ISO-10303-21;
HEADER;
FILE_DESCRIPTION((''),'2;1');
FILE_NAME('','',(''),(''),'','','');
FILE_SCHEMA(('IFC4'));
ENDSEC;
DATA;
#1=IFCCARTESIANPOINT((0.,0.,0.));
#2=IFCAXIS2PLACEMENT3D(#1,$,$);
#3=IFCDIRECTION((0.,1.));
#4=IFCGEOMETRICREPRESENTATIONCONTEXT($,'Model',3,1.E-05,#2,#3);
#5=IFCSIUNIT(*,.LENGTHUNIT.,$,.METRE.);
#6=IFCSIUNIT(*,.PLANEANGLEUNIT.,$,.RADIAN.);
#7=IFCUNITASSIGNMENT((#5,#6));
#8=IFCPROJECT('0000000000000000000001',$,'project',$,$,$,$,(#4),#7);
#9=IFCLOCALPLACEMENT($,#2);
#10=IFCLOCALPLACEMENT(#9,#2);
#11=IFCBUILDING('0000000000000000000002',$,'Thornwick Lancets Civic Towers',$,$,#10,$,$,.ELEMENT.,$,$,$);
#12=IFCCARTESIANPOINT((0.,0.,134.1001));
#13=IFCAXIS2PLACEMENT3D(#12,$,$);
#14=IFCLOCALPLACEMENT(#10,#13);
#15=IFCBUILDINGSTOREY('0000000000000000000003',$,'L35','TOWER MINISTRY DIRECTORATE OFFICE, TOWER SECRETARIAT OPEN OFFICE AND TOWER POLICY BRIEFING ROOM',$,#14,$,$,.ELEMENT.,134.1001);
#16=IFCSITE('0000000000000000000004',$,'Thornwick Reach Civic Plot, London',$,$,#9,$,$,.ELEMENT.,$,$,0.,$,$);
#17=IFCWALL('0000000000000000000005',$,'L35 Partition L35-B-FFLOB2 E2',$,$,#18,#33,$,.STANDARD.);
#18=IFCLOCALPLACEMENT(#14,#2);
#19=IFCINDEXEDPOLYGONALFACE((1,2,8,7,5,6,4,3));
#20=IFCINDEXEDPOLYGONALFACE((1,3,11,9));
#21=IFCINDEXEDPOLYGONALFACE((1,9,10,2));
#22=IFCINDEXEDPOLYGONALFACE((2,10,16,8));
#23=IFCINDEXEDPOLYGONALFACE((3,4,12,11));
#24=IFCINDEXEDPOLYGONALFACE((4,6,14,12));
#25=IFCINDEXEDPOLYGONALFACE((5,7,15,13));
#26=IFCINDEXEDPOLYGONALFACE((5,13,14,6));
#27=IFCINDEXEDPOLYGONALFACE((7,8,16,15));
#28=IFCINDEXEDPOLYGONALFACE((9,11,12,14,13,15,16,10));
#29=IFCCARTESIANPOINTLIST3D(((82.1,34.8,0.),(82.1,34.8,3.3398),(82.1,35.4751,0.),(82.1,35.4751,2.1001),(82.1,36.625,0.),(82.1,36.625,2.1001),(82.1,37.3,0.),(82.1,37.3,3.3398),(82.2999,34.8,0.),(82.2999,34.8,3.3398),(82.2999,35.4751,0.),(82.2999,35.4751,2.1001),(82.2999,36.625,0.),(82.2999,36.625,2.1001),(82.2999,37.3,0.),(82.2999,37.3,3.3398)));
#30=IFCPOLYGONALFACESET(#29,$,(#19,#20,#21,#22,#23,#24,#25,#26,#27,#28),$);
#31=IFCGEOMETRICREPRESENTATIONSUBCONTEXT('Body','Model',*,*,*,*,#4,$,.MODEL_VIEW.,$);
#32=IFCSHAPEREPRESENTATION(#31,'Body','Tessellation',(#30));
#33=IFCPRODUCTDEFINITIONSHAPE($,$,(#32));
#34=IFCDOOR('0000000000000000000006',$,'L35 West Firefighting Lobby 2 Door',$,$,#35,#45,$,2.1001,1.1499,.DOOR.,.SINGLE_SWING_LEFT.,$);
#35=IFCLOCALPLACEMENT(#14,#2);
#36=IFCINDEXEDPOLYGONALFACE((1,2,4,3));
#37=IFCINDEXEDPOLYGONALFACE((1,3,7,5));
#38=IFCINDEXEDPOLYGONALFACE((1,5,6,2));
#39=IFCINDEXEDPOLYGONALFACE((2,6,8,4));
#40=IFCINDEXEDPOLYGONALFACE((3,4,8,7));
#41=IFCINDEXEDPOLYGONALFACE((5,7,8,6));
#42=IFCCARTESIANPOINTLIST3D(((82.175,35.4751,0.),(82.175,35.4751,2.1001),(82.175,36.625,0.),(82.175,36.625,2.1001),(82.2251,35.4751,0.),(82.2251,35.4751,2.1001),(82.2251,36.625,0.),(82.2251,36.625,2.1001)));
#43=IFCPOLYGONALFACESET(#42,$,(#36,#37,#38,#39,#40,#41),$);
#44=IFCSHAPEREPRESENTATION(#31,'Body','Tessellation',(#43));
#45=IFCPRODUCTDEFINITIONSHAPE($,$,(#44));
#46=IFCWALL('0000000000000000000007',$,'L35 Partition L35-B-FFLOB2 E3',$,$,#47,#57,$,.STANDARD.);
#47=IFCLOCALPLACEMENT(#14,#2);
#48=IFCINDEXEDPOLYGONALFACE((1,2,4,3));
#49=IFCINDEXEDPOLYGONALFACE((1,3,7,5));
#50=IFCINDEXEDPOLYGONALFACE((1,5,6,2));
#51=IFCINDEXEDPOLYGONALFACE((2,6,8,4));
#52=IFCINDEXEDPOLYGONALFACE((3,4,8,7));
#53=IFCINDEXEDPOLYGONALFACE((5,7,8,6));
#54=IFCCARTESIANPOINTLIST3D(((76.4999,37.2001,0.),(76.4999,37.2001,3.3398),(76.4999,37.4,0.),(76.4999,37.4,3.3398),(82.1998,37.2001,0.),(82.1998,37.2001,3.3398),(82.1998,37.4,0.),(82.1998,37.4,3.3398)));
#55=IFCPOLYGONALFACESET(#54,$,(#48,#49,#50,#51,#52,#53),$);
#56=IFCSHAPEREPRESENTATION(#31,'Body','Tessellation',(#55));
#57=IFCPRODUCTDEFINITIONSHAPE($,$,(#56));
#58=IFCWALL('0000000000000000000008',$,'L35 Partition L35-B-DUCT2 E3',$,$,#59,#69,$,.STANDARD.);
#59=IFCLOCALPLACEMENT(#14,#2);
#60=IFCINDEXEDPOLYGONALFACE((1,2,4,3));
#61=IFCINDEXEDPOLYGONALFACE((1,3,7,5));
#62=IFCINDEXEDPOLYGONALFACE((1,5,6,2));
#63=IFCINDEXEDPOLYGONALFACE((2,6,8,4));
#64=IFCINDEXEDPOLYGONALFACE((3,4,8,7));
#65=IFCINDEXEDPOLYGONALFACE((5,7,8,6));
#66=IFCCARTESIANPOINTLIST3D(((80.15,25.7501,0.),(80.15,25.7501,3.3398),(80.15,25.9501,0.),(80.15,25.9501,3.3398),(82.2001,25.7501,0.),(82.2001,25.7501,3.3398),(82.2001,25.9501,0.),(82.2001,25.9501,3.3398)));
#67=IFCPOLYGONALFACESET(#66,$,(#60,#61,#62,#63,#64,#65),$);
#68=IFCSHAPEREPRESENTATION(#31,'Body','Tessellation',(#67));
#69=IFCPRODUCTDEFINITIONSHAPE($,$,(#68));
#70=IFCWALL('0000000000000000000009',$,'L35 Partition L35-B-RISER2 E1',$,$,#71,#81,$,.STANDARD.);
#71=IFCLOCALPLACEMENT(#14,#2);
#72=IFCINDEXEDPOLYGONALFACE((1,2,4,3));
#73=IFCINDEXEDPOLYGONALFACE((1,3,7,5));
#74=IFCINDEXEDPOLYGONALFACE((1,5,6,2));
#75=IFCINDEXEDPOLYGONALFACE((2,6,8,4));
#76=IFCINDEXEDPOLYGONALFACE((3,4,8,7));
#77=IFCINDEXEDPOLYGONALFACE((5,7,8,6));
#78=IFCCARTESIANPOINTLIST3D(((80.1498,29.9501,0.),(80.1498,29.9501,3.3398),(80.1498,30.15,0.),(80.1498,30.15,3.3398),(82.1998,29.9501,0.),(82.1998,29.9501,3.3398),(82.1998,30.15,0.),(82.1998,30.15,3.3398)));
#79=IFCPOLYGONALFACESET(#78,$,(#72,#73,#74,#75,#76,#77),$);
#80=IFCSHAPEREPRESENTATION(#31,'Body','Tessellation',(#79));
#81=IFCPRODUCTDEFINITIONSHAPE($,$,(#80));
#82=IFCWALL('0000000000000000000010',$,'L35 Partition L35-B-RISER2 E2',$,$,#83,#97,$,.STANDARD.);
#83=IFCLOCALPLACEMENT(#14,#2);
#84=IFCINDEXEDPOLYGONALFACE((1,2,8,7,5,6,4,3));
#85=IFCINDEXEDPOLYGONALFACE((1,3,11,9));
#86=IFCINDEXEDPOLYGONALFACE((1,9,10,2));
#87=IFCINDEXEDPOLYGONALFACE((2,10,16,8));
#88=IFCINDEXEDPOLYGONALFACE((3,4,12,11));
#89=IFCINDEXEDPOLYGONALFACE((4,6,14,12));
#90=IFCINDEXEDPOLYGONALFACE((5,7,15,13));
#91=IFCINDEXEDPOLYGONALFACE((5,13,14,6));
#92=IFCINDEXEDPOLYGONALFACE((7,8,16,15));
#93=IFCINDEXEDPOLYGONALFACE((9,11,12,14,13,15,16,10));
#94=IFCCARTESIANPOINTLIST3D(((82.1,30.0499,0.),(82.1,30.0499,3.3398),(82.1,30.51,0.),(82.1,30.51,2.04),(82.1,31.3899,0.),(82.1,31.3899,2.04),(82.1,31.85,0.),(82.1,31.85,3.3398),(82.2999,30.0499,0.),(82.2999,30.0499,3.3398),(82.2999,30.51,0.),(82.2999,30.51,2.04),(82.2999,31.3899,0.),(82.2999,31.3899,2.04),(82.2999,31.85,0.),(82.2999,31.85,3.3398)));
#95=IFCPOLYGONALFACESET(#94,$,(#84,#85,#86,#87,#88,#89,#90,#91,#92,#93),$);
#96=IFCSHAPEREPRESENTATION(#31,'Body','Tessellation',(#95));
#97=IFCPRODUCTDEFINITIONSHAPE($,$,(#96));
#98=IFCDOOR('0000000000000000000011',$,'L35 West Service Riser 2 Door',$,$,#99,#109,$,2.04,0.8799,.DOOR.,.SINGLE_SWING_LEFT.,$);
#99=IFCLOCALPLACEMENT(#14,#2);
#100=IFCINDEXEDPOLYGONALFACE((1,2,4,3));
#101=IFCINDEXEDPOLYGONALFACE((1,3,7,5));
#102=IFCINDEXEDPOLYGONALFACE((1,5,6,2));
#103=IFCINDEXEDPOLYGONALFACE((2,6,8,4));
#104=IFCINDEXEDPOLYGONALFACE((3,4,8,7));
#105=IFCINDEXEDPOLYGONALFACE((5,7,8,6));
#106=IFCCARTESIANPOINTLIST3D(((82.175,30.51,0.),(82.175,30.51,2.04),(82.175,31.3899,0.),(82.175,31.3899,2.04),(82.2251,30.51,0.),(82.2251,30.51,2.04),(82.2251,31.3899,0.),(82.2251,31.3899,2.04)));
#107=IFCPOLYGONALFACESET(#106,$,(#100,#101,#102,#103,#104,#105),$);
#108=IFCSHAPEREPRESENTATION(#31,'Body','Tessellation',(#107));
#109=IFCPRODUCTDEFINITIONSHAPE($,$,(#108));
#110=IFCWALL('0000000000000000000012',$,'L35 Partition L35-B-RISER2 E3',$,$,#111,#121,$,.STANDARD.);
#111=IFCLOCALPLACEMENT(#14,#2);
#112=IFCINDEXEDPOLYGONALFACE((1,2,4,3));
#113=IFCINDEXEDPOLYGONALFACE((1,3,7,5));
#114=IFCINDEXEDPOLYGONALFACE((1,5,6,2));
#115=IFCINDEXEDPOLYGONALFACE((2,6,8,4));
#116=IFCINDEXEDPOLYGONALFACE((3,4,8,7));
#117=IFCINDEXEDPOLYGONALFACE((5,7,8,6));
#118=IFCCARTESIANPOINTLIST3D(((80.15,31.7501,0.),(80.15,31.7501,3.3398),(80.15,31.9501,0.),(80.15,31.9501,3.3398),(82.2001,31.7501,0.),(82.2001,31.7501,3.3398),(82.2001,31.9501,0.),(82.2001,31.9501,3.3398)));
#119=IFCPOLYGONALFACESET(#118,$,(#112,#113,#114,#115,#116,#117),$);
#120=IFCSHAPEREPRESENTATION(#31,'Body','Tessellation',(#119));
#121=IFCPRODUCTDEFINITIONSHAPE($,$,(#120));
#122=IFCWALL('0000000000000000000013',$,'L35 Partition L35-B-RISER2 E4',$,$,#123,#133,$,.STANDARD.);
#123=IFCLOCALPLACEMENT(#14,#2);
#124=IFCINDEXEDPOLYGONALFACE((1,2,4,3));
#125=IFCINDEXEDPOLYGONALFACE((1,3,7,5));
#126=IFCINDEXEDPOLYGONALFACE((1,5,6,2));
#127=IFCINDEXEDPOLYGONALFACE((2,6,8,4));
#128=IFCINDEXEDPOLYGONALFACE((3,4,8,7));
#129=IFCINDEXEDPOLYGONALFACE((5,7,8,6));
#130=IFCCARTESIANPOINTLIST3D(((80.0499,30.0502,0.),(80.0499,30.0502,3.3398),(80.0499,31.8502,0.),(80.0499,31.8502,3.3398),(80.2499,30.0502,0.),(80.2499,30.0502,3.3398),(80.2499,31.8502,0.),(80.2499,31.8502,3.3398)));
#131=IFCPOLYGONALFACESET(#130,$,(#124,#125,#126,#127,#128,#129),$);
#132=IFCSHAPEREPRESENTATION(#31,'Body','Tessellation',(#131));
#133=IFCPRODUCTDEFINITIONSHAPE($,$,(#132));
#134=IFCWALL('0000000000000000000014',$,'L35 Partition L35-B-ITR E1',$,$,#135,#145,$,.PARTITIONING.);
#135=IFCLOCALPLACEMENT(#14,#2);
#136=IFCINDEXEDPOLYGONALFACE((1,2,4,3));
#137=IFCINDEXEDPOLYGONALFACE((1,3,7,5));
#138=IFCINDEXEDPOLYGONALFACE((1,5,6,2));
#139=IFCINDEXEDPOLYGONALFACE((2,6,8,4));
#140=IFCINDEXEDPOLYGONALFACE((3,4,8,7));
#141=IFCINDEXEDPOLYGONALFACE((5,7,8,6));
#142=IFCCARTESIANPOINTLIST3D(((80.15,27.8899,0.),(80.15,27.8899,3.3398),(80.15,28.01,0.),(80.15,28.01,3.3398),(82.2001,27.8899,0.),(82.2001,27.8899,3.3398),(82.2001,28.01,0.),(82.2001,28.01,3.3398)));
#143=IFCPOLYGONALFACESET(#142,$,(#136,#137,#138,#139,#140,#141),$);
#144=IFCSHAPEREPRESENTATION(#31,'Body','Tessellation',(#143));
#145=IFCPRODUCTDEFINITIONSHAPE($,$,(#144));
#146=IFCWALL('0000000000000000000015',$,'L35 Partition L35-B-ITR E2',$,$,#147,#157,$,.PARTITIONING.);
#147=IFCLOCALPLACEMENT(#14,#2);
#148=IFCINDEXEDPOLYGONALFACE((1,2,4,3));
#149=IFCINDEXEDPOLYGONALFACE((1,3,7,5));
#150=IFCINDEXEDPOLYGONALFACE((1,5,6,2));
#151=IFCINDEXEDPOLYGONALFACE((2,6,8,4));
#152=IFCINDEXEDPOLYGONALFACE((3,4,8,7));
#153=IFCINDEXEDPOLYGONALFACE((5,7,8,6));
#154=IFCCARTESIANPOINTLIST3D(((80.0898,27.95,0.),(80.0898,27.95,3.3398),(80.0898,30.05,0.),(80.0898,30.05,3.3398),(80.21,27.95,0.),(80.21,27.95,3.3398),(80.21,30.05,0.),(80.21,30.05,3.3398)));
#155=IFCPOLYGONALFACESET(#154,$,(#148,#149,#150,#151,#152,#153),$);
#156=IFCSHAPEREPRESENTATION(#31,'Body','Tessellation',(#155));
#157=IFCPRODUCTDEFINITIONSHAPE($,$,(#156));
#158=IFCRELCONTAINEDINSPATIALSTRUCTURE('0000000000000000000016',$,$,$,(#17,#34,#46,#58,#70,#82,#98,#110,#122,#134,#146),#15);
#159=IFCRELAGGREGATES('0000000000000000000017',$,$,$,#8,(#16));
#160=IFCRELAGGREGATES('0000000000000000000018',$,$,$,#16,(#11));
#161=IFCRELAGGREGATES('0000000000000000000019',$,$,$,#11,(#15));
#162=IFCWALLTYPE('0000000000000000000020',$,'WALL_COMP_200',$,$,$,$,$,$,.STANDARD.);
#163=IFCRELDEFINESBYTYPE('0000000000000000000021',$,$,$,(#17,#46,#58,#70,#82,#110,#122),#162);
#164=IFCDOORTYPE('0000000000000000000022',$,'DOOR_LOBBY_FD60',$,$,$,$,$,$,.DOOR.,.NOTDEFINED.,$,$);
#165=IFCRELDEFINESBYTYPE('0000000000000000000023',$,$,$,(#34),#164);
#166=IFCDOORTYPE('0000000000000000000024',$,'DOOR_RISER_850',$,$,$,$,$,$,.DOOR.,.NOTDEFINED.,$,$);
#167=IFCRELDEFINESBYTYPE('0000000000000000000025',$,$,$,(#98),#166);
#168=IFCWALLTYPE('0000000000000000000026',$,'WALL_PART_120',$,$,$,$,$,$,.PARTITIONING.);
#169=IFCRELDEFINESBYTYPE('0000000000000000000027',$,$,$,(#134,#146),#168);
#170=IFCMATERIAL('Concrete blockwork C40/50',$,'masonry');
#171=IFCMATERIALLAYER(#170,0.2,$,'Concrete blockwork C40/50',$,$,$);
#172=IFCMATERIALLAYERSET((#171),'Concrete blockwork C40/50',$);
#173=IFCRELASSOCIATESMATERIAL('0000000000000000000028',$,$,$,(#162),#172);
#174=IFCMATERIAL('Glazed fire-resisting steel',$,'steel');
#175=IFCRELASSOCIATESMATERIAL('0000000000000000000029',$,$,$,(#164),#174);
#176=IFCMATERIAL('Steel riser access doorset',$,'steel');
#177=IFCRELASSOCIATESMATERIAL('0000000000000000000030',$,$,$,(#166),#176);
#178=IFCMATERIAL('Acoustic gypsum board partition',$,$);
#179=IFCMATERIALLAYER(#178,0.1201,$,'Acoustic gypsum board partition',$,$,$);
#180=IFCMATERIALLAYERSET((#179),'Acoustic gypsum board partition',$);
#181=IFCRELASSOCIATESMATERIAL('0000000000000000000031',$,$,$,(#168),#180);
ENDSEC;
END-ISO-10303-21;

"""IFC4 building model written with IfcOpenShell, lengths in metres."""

from ifc_helpers import new_model, si_unit, direction, frame, frame_2d, origin, place, context, subcontext, project, spatial, rectangle, extrude, material, layer, layer_set, type_object, element, fill, save


model = new_model("IFC4")

# Units and contexts
model_context = context("Model", 3, precision=1e-05, world=origin(), true_north=direction((0.0, 1.0)))
body_context = subcontext(model_context, "Body", "Model", "MODEL_VIEW")
ifc_project = project(units=[si_unit("LENGTHUNIT", "METRE"), si_unit("PLANEANGLEUNIT", "RADIAN")], contexts=[model_context])

# Site, building, storey
site_placement = place(None, origin())
site = spatial("IfcSite", under=ifc_project, at=site_placement, Name="Thornwick Reach Civic Plot, London", CompositionType="ELEMENT", RefElevation=0.0)
building_placement = place(site_placement, origin())
building = spatial("IfcBuilding", under=site, at=building_placement, Name="Thornwick Lancets Civic Towers", CompositionType="ELEMENT")
storey_placement = place(building_placement, frame((0.0, 0.0, 134.1001)))
storey = spatial("IfcBuildingStorey", under=building, at=storey_placement, Name="L35", Description="TOWER MINISTRY DIRECTORATE OFFICE, TOWER SECRETARIAT OPEN OFFICE AND TOWER POLICY BRIEFING ROOM", CompositionType="ELEMENT", Elevation=134.1001)

# Shared definitions
ifc_material_1 = material(Name="Concrete blockwork C40/50", Category="masonry")
ifc_layer_1 = layer(ifc_material_1, 0.2, Name="Concrete blockwork C40/50")
ifc_layer_set_1 = layer_set([ifc_layer_1], Name="Concrete blockwork C40/50")
wall_type_1 = type_object("IfcWallType", Name="WALL_COMP_200", PredefinedType="STANDARD", material=ifc_layer_set_1)

# Wall, opening, door
wall_1_placement = place(storey_placement, frame((82.2, 34.8, 0.0), z_axis=(0.0, 0.0, 1.0), x_axis=(0.0, 1.0, 0.0)))
wall_1 = element("IfcWall", 1, at=wall_1_placement, inside=storey, type_object=wall_type_1, Name="L35 Partition L35-B-FFLOB2 E2", PredefinedType="STANDARD", context=body_context, shape_type="SweptSolid", body=[
    extrude(rectangle(XDim=2.5, YDim=0.2, at=frame_2d((1.25, 0.0))), origin(), (0.0, 0.0, 1.0), 3.3398),
])
opening_1_placement = place(wall_1_placement, frame((0.675, 0.0, 0.0)))
opening_1 = element("IfcOpeningElement", 2, at=opening_1_placement, cuts=wall_1, PredefinedType="OPENING", context=body_context, shape_type="SweptSolid", body=[
    extrude(rectangle(XDim=1.1499, YDim=2.1001, at=frame_2d((0.575, 1.05))), frame((0.0, 0.1099, 0.0), z_axis=(0.0, -1.0, 0.0), x_axis=(1.0, 0.0, 0.0)), (0.0, 0.0, 1.0), 0.22),
])
ifc_material_2 = material(Name="Glazed fire-resisting steel", Category="steel")
door_type_1 = type_object("IfcDoorType", Name="DOOR_LOBBY_FD60", OperationType="NOTDEFINED", PredefinedType="DOOR", material=ifc_material_2)
door_1_placement = place(opening_1_placement, origin())
door_1 = element("IfcDoor", 3, at=door_1_placement, inside=storey, type_object=door_type_1, Name="L35 West Firefighting Lobby 2 Door", OperationType="SINGLE_SWING_LEFT", OverallHeight=2.1001, OverallWidth=1.1499, PredefinedType="DOOR", context=body_context, shape_type="SweptSolid", body=[
    extrude(rectangle(XDim=1.1499, YDim=2.1001, at=frame_2d((0.575, 1.05))), frame((0.0, 0.0249, 0.0), z_axis=(0.0, -1.0, 0.0), x_axis=(1.0, 0.0, 0.0)), (0.0, 0.0, 1.0), 0.05),
])
fill(opening_1, door_1)

# Walls
wall_2_placement = place(storey_placement, frame((82.2, 37.3, 0.0), z_axis=(0.0, 0.0, 1.0), x_axis=(-1.0, 0.0, 0.0)))
element("IfcWall", 4, at=wall_2_placement, inside=storey, type_object=wall_type_1, Name="L35 Partition L35-B-FFLOB2 E3", PredefinedType="STANDARD", context=body_context, shape_type="SweptSolid", body=[
    extrude(rectangle(XDim=5.7, YDim=0.2, at=frame_2d((2.8501, 0.0))), origin(), (0.0, 0.0, 1.0), 3.3398),
])
for number, where, z_axis, x_axis, name in (
    (5, (82.2, 25.8501, 0.0), (0.0, 0.0, 1.0), (-1.0, 0.0, 0.0), "L35 Partition L35-B-DUCT2 E3"),
    (6, (80.1499, 30.05, 0.0), (0.0, 0.0, 1.0), (1.0, 0.0, 0.0), "L35 Partition L35-B-RISER2 E1"),
):
    element("IfcWall", number, at=place(storey_placement, frame(where, z_axis=z_axis, x_axis=x_axis)), inside=storey, type_object=wall_type_1, Name=name, PredefinedType="STANDARD", context=body_context, shape_type="SweptSolid", body=[
        extrude(rectangle(XDim=2.05, YDim=0.2, at=frame_2d((1.0249, 0.0))), origin(), (0.0, 0.0, 1.0), 3.3398),
    ])

# Wall, opening, door
wall_3_placement = place(storey_placement, frame((82.2, 30.05, 0.0), z_axis=(0.0, 0.0, 1.0), x_axis=(0.0, 1.0, 0.0)))
wall_3 = element("IfcWall", 7, at=wall_3_placement, inside=storey, type_object=wall_type_1, Name="L35 Partition L35-B-RISER2 E2", PredefinedType="STANDARD", context=body_context, shape_type="SweptSolid", body=[
    extrude(rectangle(XDim=1.8, YDim=0.2, at=frame_2d((0.8999, 0.0))), origin(), (0.0, 0.0, 1.0), 3.3398),
])
opening_2_placement = place(wall_3_placement, frame((0.46, 0.0, 0.0)))
opening_2 = element("IfcOpeningElement", 8, at=opening_2_placement, cuts=wall_3, PredefinedType="OPENING", context=body_context, shape_type="SweptSolid", body=[
    extrude(rectangle(XDim=0.8799, YDim=2.04, at=frame_2d((0.4399, 1.02))), frame((0.0, 0.1099, 0.0), z_axis=(0.0, -1.0, 0.0), x_axis=(1.0, 0.0, 0.0)), (0.0, 0.0, 1.0), 0.22),
])
ifc_material_3 = material(Name="Steel riser access doorset", Category="steel")
door_type_2 = type_object("IfcDoorType", Name="DOOR_RISER_850", OperationType="NOTDEFINED", PredefinedType="DOOR", material=ifc_material_3)
door_2_placement = place(opening_2_placement, origin())
door_2 = element("IfcDoor", 9, at=door_2_placement, inside=storey, type_object=door_type_2, Name="L35 West Service Riser 2 Door", OperationType="SINGLE_SWING_LEFT", OverallHeight=2.04, OverallWidth=0.8799, PredefinedType="DOOR", context=body_context, shape_type="SweptSolid", body=[
    extrude(rectangle(XDim=0.8799, YDim=2.04, at=frame_2d((0.4399, 1.02))), frame((0.0, 0.0249, 0.0), z_axis=(0.0, -1.0, 0.0), x_axis=(1.0, 0.0, 0.0)), (0.0, 0.0, 1.0), 0.05),
])
fill(opening_2, door_2)

# Walls
wall_4_placement = place(storey_placement, frame((82.2, 31.8501, 0.0), z_axis=(0.0, 0.0, 1.0), x_axis=(-1.0, 0.0, 0.0)))
element("IfcWall", 10, at=wall_4_placement, inside=storey, type_object=wall_type_1, Name="L35 Partition L35-B-RISER2 E3", PredefinedType="STANDARD", context=body_context, shape_type="SweptSolid", body=[
    extrude(rectangle(XDim=2.05, YDim=0.2, at=frame_2d((1.0249, 0.0))), origin(), (0.0, 0.0, 1.0), 3.3398),
])
wall_5_placement = place(storey_placement, frame((80.1499, 31.8501, 0.0), z_axis=(0.0, 0.0, 1.0), x_axis=(0.0, -1.0, 0.0)))
element("IfcWall", 11, at=wall_5_placement, inside=storey, type_object=wall_type_1, Name="L35 Partition L35-B-RISER2 E4", PredefinedType="STANDARD", context=body_context, shape_type="SweptSolid", body=[
    extrude(rectangle(XDim=1.8, YDim=0.2, at=frame_2d((0.8999, 0.0))), origin(), (0.0, 0.0, 1.0), 3.3398),
])
ifc_material_4 = material(Name="Acoustic gypsum board partition")
ifc_layer_2 = layer(ifc_material_4, 0.1201, Name="Acoustic gypsum board partition")
ifc_layer_set_2 = layer_set([ifc_layer_2], Name="Acoustic gypsum board partition")
wall_type_2 = type_object("IfcWallType", Name="WALL_PART_120", PredefinedType="PARTITIONING", material=ifc_layer_set_2)
wall_6_placement = place(storey_placement, frame((82.2, 27.95, 0.0), z_axis=(0.0, 0.0, 1.0), x_axis=(-1.0, 0.0, 0.0)))
element("IfcWall", 12, at=wall_6_placement, inside=storey, type_object=wall_type_2, Name="L35 Partition L35-B-ITR E1", PredefinedType="PARTITIONING", context=body_context, shape_type="SweptSolid", body=[
    extrude(rectangle(XDim=2.05, YDim=0.1201, at=frame_2d((1.0249, 0.0))), origin(), (0.0, 0.0, 1.0), 3.3398),
])
wall_7_placement = place(storey_placement, frame((80.1499, 27.95, 0.0), z_axis=(0.0, 0.0, 1.0), x_axis=(0.0, 1.0, 0.0)))
element("IfcWall", 13, at=wall_7_placement, inside=storey, type_object=wall_type_2, Name="L35 Partition L35-B-ITR E2", PredefinedType="PARTITIONING", context=body_context, shape_type="SweptSolid", body=[
    extrude(rectangle(XDim=2.1001, YDim=0.1201, at=frame_2d((1.05, 0.0))), origin(), (0.0, 0.0, 1.0), 3.3398),
])

save(model, "model.ifc")
